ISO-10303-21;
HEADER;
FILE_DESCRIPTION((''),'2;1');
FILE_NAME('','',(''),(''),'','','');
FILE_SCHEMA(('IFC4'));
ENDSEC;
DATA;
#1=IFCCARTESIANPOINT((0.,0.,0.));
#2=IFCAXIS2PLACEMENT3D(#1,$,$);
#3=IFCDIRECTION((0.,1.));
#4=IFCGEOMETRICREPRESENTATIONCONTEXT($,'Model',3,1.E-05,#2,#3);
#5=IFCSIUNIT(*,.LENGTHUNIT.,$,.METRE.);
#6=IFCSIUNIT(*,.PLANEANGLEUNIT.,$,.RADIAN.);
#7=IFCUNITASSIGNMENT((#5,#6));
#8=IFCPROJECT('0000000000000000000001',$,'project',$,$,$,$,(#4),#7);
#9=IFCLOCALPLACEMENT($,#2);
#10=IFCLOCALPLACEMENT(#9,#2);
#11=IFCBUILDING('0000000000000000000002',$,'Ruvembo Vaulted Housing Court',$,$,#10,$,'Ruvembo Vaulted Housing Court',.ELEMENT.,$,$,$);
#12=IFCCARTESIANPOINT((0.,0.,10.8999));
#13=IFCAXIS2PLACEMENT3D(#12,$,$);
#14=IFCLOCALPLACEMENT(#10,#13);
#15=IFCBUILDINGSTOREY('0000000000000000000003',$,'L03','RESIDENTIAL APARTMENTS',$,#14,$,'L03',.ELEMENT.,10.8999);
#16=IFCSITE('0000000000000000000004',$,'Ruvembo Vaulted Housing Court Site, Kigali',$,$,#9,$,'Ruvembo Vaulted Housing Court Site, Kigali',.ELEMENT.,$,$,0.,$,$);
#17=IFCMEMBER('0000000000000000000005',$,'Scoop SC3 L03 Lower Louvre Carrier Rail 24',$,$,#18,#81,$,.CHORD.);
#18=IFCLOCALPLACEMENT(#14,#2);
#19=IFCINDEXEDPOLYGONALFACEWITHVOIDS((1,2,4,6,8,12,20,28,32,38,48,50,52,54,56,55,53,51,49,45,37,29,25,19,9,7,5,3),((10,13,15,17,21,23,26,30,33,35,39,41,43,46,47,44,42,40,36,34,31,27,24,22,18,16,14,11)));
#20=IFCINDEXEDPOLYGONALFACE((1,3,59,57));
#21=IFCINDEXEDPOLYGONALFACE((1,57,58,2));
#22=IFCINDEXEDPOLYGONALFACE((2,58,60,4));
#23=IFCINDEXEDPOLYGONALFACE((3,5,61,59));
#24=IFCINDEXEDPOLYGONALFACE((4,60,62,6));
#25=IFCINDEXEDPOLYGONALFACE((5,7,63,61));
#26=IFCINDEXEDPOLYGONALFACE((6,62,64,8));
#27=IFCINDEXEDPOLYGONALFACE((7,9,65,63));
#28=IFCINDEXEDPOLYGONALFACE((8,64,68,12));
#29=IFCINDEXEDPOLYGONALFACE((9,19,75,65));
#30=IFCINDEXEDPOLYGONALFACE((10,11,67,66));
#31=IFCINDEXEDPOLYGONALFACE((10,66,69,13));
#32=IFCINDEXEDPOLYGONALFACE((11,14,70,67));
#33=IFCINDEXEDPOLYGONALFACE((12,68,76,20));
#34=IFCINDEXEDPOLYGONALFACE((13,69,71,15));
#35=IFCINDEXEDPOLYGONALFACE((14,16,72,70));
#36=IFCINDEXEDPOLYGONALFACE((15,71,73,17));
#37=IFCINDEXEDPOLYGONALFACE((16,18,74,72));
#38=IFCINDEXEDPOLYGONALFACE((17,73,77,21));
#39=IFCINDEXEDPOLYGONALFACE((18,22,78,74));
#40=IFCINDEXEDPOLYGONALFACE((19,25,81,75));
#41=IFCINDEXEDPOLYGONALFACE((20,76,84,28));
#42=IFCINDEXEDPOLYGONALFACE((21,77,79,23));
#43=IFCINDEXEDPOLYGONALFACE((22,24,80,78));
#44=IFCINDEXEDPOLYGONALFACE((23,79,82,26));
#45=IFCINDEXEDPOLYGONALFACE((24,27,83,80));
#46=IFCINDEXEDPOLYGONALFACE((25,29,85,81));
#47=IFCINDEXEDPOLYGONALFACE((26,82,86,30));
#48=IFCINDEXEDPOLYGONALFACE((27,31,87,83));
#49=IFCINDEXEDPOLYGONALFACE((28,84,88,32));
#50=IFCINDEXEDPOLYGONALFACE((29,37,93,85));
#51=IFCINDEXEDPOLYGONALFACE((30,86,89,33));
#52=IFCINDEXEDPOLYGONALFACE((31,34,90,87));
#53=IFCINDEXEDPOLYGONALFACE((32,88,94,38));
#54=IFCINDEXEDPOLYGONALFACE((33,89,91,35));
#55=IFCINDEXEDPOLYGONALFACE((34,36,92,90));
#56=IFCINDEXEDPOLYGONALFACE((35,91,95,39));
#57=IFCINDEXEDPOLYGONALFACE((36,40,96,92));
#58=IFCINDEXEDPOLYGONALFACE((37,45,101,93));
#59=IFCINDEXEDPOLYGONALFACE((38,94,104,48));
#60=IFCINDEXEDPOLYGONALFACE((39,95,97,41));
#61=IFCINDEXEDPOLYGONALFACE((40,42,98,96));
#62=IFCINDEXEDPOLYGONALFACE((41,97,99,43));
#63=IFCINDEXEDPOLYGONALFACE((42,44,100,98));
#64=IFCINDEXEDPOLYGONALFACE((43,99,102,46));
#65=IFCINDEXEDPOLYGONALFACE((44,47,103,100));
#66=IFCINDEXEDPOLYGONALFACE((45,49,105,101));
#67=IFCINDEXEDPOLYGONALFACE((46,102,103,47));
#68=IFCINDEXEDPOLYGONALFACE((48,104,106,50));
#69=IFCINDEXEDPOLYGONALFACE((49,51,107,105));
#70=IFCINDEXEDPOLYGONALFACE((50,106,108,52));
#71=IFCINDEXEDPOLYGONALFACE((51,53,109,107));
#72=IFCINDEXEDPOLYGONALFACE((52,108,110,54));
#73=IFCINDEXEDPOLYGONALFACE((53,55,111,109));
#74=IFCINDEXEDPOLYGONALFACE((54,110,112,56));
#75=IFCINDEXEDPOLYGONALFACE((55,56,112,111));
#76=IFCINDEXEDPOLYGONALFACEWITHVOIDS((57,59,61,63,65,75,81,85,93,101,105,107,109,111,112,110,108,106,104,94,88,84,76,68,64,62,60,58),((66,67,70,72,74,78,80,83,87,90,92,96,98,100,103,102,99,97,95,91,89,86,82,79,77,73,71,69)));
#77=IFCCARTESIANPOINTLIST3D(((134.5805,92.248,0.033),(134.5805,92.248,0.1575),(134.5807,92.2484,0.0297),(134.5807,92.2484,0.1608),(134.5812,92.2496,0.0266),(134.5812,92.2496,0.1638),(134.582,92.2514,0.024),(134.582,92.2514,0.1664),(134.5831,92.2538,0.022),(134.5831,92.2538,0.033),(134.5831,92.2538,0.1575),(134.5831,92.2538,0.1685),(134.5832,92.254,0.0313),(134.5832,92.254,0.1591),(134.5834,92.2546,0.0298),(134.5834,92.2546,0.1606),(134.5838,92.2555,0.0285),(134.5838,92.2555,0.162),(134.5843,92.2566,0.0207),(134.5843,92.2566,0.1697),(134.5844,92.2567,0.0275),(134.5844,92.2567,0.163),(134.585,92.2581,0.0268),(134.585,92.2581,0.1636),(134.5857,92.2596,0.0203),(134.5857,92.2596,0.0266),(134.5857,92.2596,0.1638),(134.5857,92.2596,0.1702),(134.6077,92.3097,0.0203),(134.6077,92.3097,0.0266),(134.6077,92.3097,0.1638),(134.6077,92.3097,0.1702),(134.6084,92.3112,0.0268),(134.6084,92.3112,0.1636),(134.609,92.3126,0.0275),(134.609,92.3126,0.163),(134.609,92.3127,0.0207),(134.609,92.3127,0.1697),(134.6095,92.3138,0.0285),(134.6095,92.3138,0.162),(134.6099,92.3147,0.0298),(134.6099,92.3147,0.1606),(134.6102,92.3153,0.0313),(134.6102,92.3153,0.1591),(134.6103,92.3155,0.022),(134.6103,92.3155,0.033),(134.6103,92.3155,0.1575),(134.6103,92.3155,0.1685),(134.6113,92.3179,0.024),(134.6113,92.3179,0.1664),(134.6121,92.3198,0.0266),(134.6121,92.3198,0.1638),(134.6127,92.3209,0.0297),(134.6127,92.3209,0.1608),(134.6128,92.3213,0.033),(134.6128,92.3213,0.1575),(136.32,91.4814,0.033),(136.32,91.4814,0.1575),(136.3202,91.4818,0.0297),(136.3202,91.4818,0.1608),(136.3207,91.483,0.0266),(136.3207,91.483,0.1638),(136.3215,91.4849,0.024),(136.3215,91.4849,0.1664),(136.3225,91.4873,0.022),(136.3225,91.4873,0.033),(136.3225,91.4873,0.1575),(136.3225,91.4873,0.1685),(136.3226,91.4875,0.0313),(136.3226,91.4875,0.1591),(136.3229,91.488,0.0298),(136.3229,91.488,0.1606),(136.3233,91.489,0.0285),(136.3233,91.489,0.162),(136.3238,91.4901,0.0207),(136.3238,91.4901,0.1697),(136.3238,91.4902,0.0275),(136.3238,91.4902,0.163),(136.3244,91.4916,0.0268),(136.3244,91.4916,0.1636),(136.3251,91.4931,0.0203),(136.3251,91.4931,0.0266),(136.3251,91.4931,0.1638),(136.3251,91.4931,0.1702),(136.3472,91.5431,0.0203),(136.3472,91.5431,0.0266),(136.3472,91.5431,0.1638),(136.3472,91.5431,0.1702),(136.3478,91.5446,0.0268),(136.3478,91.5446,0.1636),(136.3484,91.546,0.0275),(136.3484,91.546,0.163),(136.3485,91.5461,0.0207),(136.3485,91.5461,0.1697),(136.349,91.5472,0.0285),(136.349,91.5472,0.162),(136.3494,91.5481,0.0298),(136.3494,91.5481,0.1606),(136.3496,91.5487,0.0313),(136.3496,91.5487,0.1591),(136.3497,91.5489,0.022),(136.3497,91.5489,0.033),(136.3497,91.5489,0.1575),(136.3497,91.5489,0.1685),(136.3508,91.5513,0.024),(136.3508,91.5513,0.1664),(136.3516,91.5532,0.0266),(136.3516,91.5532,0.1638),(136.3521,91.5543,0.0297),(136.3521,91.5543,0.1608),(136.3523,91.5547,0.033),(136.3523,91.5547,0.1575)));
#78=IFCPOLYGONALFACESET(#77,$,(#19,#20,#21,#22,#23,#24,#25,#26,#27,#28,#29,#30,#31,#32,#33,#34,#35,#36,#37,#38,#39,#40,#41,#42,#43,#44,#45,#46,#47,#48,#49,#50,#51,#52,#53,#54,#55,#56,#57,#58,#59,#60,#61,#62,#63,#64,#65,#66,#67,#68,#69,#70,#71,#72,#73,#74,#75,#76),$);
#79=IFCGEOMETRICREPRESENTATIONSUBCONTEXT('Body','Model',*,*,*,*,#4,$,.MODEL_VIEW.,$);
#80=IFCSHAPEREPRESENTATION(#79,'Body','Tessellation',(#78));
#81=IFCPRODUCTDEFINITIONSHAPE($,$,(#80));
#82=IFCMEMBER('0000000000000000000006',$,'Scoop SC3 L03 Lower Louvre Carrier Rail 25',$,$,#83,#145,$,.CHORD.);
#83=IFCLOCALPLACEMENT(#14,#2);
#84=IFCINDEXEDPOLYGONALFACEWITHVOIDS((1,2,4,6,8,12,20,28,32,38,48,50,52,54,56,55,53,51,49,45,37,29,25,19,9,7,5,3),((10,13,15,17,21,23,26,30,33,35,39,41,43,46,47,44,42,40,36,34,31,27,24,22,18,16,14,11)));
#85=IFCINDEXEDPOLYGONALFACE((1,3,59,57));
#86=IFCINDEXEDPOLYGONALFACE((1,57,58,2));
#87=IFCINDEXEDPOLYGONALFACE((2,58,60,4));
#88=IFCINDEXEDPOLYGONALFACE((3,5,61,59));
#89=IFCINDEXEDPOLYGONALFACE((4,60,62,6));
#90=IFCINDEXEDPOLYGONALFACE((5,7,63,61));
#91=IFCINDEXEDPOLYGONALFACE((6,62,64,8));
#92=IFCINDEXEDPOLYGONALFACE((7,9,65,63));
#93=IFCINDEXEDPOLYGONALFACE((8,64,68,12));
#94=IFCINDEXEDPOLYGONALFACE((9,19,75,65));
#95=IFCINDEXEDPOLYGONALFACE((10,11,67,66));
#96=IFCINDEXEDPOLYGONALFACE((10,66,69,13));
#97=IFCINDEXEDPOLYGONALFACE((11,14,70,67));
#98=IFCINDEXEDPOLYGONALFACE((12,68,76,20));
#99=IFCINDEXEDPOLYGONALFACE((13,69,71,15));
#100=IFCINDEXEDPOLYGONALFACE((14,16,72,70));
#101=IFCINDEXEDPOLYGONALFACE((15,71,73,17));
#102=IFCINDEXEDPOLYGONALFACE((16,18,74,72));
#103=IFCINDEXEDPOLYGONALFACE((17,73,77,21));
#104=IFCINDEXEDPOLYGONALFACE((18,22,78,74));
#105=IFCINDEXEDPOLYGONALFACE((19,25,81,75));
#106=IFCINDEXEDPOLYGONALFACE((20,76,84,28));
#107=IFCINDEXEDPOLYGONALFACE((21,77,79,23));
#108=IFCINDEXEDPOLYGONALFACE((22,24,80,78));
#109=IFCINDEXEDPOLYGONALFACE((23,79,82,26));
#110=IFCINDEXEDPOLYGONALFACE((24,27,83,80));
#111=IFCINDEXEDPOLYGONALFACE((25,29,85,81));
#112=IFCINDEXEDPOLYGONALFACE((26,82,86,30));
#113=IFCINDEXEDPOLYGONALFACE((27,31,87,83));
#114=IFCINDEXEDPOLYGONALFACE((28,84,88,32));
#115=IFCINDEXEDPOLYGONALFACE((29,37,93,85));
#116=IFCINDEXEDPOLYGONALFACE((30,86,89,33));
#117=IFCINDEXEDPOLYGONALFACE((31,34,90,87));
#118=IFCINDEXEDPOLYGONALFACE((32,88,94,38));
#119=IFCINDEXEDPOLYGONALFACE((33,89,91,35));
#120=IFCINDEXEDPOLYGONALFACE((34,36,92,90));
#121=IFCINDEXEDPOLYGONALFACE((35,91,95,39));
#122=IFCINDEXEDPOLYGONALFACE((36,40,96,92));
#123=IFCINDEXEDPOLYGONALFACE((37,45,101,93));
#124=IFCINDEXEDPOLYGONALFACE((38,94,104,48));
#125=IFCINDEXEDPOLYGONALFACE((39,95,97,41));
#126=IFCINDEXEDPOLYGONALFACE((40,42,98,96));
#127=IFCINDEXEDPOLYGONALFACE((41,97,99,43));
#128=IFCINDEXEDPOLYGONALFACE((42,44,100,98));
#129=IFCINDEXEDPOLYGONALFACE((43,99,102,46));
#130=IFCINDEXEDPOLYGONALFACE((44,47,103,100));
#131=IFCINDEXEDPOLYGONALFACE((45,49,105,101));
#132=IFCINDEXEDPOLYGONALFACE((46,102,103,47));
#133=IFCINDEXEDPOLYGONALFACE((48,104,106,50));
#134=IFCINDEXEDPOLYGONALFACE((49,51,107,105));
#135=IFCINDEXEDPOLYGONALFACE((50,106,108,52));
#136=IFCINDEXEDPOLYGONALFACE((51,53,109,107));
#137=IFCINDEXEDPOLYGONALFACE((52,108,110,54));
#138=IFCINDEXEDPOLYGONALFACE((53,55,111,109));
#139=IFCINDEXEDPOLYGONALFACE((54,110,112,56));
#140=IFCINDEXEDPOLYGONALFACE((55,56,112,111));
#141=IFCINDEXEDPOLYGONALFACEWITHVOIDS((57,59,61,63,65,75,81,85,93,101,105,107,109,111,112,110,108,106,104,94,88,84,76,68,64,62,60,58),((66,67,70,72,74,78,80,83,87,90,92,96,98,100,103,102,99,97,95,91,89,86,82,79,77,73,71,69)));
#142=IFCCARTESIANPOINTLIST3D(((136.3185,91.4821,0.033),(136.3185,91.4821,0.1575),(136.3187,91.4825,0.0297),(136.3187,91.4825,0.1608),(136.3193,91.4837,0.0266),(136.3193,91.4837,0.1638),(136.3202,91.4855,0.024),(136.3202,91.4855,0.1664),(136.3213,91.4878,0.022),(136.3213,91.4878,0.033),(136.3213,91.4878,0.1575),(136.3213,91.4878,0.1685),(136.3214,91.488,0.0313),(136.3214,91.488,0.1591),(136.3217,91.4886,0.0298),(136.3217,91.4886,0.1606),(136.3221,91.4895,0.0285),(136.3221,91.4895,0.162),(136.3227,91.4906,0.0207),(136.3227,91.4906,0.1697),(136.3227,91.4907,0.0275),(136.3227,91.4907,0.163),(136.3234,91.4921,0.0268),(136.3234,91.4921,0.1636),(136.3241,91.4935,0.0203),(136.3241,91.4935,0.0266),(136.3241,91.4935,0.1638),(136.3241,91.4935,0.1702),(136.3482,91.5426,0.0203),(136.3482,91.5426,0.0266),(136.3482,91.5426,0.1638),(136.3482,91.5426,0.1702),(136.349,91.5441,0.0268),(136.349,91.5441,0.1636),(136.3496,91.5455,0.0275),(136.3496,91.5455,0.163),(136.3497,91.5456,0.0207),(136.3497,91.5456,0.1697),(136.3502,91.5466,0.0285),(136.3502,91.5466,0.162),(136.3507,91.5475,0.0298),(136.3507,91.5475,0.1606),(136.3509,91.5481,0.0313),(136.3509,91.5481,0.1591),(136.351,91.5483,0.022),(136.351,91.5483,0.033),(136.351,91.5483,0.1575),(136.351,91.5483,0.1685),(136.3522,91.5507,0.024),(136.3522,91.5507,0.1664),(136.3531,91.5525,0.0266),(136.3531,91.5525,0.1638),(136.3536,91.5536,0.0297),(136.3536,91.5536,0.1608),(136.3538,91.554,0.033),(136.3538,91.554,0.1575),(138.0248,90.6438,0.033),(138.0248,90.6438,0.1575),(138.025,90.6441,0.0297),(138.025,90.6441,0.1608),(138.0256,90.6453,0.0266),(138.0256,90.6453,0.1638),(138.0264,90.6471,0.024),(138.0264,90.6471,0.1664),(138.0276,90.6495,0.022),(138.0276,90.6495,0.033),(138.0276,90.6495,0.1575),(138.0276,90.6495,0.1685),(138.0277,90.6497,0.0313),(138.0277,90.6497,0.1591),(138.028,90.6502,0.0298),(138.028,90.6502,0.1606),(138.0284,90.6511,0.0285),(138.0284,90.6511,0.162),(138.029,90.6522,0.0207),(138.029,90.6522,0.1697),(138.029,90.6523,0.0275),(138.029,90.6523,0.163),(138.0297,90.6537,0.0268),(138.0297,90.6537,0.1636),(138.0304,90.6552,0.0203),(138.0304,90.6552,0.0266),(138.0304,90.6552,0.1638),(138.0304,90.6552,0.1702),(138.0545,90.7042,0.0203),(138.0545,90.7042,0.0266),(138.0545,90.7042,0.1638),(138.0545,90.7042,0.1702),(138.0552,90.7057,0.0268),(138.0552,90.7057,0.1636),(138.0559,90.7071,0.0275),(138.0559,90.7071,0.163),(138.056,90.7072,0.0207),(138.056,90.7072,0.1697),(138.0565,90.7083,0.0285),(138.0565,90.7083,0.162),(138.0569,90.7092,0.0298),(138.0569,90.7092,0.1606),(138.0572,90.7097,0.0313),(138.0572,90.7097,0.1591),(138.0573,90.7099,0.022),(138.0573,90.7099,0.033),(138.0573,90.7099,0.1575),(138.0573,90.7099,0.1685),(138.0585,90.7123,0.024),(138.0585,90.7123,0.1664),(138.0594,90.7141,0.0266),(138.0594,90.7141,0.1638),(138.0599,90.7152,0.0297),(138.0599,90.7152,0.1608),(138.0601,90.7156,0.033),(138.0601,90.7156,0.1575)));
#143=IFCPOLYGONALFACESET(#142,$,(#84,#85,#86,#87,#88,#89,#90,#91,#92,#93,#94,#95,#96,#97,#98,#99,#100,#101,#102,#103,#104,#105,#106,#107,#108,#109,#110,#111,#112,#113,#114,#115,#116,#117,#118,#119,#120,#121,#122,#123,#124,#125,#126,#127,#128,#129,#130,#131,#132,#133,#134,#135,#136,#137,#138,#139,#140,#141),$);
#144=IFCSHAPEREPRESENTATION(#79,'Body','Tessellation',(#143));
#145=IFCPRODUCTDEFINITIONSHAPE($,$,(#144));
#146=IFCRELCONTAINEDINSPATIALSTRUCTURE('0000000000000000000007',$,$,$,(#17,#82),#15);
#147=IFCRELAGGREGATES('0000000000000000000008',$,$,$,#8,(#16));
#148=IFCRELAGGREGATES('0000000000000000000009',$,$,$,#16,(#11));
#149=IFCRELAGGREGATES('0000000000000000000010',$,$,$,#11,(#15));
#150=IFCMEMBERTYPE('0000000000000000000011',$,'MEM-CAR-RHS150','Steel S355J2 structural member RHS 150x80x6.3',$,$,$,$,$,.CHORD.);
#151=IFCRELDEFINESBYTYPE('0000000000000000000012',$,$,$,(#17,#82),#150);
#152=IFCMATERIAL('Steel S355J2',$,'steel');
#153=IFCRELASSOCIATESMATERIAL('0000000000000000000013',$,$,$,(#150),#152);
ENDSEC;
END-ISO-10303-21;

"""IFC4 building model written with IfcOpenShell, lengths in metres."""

from ifc_helpers import new_model, si_unit, direction, frame, origin, origin_2d, place, context, subcontext, project, spatial, hollow_rectangle, extrude, material, material_profile, profile_set, type_object, element, save


model = new_model("IFC4")

# Units and contexts
model_context = context("Model", 3, precision=1e-05, world=origin(), true_north=direction((0.0, 1.0)))
body_context = subcontext(model_context, "Body", "Model", "MODEL_VIEW")
ifc_project = project(units=[si_unit("LENGTHUNIT", "METRE"), si_unit("PLANEANGLEUNIT", "RADIAN")], contexts=[model_context])

# Site, building, storey
site_placement = place(None, origin())
site = spatial("IfcSite", under=ifc_project, at=site_placement, Name="Ruvembo Vaulted Housing Court Site, Kigali", LongName="Ruvembo Vaulted Housing Court Site, Kigali", CompositionType="ELEMENT", RefElevation=0.0)
building_placement = place(site_placement, origin())
building = spatial("IfcBuilding", under=site, at=building_placement, Name="Ruvembo Vaulted Housing Court", LongName="Ruvembo Vaulted Housing Court", CompositionType="ELEMENT")
storey_placement = place(building_placement, frame((0.0, 0.0, 10.8999)))
storey = spatial("IfcBuildingStorey", under=building, at=storey_placement, Name="L03", Description="RESIDENTIAL APARTMENTS", LongName="L03", CompositionType="ELEMENT", Elevation=10.8999)

# Shared definitions
ifc_material_1 = material(Name="Steel S355J2", Category="steel")

# Members
ifc_material_profile_1 = material_profile(ifc_material_1, hollow_rectangle(XDim=0.0801, YDim=0.1499, WallThickness=0.0063, InnerFilletRadius=0.0063, OuterFilletRadius=0.0127, at=origin_2d()), Name="RHS 150x80x6.3")
ifc_profile_set_1 = profile_set([ifc_material_profile_1], Name="Steel S355J2")
member_type_1 = type_object("IfcMemberType", Name="MEM-CAR-RHS150", Description="Steel S355J2 structural member RHS 150x80x6.3", PredefinedType="CHORD", material=ifc_profile_set_1)
for number, where, z_axis, x_axis, name in (
    (1, (134.5967, 92.2847, 0.0952), (0.915078, -0.403277, 0.0), (0.403277, 0.915078, 0.0), "Scoop SC3 L03 Lower Louvre Carrier Rail 24"),
):
    element("IfcMember", number, at=place(storey_placement, frame(where, z_axis=z_axis, x_axis=x_axis)), inside=storey, type_object=member_type_1, Name=name, PredefinedType="CHORD", context=body_context, shape_type="SweptSolid", body=[
        extrude(hollow_rectangle(XDim=0.0801, YDim=0.1499, WallThickness=0.0063, InnerFilletRadius=0.0063, OuterFilletRadius=0.0127, at=origin_2d()), origin(), (0.0, 0.0, 1.0), 1.9009),
    ])
for number, where, z_axis, x_axis, name in (
    (2, (136.3362, 91.5181, 0.0952), (0.897513, -0.440987, 0.0), (0.440987, 0.897513, 0.0), "Scoop SC3 L03 Lower Louvre Carrier Rail 25"),
):
    element("IfcMember", number, at=place(storey_placement, frame(where, z_axis=z_axis, x_axis=x_axis)), inside=storey, type_object=member_type_1, Name=name, PredefinedType="CHORD", context=body_context, shape_type="SweptSolid", body=[
        extrude(hollow_rectangle(XDim=0.0801, YDim=0.1499, WallThickness=0.0063, InnerFilletRadius=0.0063, OuterFilletRadius=0.0127, at=origin_2d()), origin(), (0.0, 0.0, 1.0), 1.9011),
    ])

save(model, "model.ifc")
